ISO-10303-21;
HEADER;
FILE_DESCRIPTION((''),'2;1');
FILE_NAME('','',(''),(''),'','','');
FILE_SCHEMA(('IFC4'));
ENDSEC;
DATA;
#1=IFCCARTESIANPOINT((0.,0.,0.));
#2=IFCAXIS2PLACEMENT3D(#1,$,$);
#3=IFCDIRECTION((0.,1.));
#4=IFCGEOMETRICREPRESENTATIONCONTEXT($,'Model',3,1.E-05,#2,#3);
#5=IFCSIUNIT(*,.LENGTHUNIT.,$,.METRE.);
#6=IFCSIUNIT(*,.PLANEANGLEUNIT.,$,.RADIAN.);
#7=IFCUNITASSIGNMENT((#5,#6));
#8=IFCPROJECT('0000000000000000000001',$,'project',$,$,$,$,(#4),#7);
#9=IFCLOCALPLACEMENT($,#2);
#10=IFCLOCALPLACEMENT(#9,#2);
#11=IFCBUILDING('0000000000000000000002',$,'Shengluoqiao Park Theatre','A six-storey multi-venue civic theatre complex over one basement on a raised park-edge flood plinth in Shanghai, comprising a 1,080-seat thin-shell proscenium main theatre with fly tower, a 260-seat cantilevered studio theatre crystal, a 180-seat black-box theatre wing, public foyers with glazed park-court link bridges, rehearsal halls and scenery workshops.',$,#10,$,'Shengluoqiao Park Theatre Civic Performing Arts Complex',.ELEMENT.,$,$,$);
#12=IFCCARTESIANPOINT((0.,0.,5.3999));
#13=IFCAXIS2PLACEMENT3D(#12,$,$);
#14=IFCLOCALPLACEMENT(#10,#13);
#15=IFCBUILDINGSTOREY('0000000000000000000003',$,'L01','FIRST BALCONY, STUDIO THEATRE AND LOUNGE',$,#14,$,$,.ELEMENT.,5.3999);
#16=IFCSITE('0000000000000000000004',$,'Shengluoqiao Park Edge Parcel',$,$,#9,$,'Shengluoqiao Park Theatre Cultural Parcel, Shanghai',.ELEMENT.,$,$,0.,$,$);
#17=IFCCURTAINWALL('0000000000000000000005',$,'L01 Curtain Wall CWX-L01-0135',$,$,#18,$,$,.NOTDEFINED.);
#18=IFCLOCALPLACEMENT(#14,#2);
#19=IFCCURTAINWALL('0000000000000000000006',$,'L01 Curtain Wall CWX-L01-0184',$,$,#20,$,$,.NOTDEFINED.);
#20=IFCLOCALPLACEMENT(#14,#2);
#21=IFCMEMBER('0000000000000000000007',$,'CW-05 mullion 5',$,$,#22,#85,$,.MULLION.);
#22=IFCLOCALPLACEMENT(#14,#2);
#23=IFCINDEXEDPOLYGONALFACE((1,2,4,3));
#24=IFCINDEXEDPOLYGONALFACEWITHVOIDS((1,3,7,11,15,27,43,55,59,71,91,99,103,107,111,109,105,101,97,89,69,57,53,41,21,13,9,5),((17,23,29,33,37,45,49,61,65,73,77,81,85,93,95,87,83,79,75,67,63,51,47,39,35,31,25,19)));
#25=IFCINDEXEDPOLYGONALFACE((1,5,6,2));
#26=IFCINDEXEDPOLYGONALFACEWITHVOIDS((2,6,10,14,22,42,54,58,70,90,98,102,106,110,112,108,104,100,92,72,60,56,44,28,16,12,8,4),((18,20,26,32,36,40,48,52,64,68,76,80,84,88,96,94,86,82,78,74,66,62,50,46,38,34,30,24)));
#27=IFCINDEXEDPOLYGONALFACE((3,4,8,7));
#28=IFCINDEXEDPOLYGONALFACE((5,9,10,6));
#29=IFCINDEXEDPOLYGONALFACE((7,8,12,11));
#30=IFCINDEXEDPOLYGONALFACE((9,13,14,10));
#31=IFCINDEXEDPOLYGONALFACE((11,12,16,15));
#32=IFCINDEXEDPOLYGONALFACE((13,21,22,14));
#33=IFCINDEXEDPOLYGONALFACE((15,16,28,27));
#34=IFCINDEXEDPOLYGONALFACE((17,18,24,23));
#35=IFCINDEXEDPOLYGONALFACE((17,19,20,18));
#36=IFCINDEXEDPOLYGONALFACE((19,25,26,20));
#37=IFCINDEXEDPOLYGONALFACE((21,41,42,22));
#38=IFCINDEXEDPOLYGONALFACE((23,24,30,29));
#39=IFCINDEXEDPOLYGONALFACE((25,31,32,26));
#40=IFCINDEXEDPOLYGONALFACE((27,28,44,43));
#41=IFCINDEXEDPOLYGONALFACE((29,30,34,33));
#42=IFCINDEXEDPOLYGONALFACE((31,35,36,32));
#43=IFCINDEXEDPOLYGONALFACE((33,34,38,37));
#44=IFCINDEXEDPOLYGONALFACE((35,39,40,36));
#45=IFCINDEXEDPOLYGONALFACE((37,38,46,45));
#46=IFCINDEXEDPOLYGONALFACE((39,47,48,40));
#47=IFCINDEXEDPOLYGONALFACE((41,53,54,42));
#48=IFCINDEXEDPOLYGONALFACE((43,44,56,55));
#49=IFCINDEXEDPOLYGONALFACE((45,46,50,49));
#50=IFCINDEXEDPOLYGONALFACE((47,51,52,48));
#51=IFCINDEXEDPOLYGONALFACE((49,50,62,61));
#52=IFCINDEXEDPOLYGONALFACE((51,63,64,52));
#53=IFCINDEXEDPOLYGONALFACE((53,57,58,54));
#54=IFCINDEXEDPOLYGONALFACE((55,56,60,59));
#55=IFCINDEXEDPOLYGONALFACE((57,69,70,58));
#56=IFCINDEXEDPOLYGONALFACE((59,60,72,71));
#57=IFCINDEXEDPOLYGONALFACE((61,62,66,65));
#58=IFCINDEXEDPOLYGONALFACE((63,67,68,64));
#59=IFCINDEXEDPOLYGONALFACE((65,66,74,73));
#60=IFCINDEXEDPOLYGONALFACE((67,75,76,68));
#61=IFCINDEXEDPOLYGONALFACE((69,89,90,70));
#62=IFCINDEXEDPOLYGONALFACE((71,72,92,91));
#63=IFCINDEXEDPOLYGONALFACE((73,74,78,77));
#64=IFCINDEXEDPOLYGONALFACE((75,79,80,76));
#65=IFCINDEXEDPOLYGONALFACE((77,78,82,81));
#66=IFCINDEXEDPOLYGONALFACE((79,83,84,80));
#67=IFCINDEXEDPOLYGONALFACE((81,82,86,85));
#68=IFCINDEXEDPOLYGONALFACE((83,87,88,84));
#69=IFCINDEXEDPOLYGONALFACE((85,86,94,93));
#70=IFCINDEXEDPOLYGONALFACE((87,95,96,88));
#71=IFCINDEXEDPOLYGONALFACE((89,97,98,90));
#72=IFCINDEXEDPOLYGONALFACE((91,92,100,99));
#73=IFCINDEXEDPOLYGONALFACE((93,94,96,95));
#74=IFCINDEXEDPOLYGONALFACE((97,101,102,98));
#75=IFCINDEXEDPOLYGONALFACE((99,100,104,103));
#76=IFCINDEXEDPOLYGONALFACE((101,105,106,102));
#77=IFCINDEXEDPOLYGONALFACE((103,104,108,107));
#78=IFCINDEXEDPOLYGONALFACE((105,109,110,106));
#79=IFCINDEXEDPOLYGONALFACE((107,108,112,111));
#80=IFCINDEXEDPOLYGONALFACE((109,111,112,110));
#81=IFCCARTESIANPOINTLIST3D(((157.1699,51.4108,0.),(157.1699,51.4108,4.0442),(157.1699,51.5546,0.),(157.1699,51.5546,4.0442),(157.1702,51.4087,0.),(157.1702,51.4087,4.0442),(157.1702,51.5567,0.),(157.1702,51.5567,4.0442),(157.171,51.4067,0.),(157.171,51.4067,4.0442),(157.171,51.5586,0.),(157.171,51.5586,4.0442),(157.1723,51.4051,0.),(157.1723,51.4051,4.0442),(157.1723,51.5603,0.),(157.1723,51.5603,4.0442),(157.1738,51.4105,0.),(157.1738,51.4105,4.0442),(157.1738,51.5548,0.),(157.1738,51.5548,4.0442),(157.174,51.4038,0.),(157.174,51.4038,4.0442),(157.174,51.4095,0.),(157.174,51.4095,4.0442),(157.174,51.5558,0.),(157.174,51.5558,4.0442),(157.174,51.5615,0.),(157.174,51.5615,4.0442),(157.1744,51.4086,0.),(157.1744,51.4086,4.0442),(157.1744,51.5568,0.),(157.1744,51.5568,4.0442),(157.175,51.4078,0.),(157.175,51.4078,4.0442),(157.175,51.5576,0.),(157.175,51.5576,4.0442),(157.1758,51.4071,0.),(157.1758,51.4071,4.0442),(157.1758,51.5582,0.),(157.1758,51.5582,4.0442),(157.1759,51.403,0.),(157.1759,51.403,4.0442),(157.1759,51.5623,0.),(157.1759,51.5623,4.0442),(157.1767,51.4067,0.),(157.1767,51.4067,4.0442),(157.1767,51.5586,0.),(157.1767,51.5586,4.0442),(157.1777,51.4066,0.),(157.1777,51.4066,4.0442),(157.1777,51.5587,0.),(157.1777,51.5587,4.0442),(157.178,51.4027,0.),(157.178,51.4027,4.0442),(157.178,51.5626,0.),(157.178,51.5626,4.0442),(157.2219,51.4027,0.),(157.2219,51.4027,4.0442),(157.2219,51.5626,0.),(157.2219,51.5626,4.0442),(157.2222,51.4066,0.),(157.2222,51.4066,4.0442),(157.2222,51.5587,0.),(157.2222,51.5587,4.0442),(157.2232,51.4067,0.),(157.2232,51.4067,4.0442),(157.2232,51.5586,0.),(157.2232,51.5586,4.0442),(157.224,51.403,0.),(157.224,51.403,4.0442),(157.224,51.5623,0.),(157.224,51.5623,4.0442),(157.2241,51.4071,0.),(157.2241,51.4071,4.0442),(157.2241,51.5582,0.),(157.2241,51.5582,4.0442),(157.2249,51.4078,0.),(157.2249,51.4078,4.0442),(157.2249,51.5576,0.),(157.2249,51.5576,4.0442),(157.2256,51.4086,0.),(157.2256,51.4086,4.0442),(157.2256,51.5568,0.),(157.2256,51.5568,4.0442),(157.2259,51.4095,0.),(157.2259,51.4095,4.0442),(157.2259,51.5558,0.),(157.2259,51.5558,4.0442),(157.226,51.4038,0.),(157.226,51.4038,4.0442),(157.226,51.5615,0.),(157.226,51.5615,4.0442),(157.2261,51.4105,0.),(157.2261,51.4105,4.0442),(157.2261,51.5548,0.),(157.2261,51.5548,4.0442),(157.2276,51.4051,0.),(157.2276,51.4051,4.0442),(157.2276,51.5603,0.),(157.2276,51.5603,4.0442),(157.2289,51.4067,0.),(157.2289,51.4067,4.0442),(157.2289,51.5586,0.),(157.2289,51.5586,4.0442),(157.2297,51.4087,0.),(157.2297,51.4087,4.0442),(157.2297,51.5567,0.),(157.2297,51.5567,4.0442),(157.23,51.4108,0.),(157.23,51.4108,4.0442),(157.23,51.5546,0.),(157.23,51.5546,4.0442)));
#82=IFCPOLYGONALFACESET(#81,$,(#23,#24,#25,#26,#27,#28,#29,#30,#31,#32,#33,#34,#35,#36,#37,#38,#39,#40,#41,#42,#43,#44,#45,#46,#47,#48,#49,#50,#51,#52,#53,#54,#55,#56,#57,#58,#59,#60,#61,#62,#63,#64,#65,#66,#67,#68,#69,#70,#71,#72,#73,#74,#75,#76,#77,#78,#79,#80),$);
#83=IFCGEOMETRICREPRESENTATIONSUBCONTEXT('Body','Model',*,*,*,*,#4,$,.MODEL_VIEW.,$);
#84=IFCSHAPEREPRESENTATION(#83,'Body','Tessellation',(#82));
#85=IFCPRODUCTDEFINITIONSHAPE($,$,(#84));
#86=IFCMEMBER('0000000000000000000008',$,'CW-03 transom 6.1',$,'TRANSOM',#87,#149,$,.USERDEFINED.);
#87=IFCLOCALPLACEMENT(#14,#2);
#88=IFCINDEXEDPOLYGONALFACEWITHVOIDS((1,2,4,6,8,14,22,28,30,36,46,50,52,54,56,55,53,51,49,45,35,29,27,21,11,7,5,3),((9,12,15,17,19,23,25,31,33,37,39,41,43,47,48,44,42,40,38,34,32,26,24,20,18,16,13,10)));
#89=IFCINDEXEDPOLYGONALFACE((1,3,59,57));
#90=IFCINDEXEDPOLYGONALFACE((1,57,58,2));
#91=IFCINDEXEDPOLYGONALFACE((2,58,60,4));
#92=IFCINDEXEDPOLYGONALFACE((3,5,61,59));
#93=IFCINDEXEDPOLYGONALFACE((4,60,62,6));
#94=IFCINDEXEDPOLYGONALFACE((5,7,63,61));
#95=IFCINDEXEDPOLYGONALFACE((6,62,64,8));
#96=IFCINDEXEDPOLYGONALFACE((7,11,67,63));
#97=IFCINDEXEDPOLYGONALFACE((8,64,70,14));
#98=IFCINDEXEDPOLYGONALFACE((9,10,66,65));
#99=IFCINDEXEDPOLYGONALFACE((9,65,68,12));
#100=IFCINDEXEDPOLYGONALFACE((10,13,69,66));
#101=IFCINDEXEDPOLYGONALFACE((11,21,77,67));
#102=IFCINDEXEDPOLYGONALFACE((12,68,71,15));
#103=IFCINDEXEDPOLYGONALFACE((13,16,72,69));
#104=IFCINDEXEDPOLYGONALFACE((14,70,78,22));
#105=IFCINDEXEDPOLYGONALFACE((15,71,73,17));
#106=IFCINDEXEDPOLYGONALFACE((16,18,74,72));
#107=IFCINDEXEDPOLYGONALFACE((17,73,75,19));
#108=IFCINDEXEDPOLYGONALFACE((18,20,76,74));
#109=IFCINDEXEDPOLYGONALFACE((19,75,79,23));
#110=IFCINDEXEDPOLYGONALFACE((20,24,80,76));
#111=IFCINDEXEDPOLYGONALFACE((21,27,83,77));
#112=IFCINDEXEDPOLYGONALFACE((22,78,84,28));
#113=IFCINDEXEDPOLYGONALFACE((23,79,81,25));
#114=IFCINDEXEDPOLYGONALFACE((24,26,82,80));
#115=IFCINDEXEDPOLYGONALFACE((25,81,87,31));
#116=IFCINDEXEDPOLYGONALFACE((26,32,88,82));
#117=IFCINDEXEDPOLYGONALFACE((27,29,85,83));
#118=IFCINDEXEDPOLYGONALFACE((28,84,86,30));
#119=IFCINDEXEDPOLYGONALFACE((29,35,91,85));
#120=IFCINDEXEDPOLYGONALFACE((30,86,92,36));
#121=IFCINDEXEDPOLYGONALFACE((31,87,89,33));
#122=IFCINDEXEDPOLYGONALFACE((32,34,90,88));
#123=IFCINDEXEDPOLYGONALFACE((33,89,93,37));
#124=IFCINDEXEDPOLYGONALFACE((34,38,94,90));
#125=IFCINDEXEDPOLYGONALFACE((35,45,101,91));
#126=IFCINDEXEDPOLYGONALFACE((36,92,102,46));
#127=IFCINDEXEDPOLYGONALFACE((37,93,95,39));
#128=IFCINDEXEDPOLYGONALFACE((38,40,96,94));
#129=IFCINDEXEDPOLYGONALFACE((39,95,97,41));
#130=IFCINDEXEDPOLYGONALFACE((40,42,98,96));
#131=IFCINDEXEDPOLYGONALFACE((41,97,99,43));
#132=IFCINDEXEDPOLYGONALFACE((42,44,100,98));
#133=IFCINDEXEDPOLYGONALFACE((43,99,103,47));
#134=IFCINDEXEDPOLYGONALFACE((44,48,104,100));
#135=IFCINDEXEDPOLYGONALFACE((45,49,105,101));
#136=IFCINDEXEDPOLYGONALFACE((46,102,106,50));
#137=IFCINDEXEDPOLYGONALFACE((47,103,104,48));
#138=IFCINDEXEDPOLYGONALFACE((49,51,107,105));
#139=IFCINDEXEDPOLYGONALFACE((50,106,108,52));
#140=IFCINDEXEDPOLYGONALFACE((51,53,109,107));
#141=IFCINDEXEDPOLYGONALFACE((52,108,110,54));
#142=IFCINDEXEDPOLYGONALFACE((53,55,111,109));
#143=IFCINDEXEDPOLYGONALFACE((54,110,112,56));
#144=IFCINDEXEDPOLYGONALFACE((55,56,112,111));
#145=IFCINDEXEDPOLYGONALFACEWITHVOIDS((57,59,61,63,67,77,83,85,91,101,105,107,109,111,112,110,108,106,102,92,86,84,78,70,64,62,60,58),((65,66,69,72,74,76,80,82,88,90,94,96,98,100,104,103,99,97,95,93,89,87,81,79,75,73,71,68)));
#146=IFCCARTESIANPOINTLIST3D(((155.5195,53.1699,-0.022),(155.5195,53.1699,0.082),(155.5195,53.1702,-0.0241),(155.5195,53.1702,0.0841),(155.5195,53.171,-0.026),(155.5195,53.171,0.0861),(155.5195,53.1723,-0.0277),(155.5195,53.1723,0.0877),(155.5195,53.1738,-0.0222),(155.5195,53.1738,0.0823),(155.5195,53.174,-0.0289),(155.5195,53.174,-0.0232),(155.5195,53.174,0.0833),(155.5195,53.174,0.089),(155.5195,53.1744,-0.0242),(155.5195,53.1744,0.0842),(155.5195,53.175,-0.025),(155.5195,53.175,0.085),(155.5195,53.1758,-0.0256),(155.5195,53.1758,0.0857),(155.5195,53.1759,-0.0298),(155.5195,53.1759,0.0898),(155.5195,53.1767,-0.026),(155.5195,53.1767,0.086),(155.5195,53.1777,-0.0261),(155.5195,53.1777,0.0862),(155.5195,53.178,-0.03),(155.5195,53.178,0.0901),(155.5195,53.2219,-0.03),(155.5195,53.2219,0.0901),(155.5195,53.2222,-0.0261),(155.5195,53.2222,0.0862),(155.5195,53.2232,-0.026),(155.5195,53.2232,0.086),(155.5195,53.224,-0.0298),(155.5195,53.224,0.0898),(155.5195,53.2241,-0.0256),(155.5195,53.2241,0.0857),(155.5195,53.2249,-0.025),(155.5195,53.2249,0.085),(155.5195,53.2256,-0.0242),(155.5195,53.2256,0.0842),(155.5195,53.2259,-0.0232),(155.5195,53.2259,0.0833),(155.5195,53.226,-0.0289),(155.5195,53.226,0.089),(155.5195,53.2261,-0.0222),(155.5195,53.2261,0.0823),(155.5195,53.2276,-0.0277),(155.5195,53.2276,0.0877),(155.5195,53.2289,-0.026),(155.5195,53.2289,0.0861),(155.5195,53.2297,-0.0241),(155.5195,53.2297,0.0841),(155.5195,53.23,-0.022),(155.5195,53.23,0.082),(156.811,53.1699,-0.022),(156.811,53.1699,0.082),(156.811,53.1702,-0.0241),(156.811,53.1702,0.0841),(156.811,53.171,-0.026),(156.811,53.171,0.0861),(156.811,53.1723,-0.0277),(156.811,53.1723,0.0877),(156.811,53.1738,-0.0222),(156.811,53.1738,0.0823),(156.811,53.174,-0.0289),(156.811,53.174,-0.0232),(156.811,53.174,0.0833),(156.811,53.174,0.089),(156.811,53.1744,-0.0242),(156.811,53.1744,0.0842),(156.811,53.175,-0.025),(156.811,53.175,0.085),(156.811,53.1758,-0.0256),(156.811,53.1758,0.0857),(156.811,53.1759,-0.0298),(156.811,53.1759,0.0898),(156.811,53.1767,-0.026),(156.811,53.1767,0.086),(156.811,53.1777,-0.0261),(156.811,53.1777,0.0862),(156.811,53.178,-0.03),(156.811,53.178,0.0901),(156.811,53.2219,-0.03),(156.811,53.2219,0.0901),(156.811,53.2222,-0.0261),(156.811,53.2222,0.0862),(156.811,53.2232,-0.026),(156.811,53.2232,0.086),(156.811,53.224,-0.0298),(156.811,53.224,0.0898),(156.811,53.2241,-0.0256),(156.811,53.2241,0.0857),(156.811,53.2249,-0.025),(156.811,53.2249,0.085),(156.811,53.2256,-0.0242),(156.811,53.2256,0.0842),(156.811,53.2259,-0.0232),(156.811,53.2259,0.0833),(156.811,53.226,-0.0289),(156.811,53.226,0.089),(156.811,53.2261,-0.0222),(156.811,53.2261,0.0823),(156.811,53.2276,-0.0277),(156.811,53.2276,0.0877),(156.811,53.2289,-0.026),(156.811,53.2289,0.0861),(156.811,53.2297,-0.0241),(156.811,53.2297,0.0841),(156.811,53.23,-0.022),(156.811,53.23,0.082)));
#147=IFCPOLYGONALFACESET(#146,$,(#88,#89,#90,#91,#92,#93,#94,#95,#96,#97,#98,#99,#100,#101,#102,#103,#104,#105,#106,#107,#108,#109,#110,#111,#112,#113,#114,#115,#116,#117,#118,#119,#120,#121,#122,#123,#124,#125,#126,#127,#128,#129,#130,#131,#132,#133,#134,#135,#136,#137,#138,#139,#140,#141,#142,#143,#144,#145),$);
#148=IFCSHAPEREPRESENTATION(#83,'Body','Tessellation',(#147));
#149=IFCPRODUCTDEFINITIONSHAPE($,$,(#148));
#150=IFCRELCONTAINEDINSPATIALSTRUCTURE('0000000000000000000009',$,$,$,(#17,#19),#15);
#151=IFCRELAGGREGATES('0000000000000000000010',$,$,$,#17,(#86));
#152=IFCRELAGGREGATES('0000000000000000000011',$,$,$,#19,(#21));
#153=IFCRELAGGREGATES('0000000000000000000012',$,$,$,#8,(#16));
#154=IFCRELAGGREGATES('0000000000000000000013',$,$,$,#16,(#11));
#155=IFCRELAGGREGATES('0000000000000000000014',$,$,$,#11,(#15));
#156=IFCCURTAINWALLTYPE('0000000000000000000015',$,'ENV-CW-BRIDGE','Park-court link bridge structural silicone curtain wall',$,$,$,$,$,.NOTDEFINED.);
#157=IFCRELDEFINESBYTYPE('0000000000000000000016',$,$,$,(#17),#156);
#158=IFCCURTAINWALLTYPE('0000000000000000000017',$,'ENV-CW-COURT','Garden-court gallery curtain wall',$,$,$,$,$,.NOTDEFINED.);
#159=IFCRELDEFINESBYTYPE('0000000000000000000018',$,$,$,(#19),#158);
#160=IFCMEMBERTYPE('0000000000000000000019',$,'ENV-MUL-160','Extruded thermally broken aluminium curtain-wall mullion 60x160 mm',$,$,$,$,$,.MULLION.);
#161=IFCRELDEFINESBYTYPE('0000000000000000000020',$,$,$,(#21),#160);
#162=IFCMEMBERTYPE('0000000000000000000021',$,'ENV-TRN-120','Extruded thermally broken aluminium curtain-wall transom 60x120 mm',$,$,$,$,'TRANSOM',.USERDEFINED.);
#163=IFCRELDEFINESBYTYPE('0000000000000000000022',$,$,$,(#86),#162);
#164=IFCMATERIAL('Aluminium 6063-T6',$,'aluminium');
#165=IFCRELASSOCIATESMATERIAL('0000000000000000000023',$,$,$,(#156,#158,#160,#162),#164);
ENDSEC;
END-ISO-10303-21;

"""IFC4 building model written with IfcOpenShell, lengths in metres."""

from ifc_helpers import new_model, si_unit, direction, frame, origin, origin_2d, place, context, subcontext, project, spatial, hollow_rectangle, extrude, material, material_profile, profile_set, type_object, element, aggregate, save


model = new_model("IFC4")

# Units and contexts
model_context = context("Model", 3, precision=1e-05, world=origin(), true_north=direction((0.0, 1.0)))
body_context = subcontext(model_context, "Body", "Model", "MODEL_VIEW")
ifc_project = project(units=[si_unit("LENGTHUNIT", "METRE"), si_unit("PLANEANGLEUNIT", "RADIAN")], contexts=[model_context])

# Site, building, storey
site_placement = place(None, origin())
site = spatial("IfcSite", under=ifc_project, at=site_placement, Name="Shengluoqiao Park Edge Parcel", LongName="Shengluoqiao Park Theatre Cultural Parcel, Shanghai", CompositionType="ELEMENT", RefElevation=0.0)
building_placement = place(site_placement, origin())
building = spatial("IfcBuilding", under=site, at=building_placement, Name="Shengluoqiao Park Theatre", Description="A six-storey multi-venue civic theatre complex over one basement on a raised park-edge flood plinth in Shanghai, comprising a 1,080-seat thin-shell proscenium main theatre with fly tower, a 260-seat cantilevered studio theatre crystal, a 180-seat black-box theatre wing, public foyers with glazed park-court link bridges, rehearsal halls and scenery workshops.", LongName="Shengluoqiao Park Theatre Civic Performing Arts Complex", CompositionType="ELEMENT")
storey_placement = place(building_placement, frame((0.0, 0.0, 5.3999)))
storey = spatial("IfcBuildingStorey", under=building, at=storey_placement, Name="L01", Description="FIRST BALCONY, STUDIO THEATRE AND LOUNGE", CompositionType="ELEMENT", Elevation=5.3999)

# Curtain wall
ifc_material_1 = material(Name="Aluminium 6063-T6", Category="aluminium")
curtain_wall_type_1 = type_object("IfcCurtainWallType", Name="ENV-CW-BRIDGE", Description="Park-court link bridge structural silicone curtain wall", PredefinedType="NOTDEFINED", material=ifc_material_1)
curtain_wall_1_placement = place(storey_placement, origin())
curtain_wall_1 = element("IfcCurtainWall", 1, at=curtain_wall_1_placement, inside=storey, type_object=curtain_wall_type_1, Name="L01 Curtain Wall CWX-L01-0135", PredefinedType="NOTDEFINED")
ifc_material_profile_1 = material_profile(ifc_material_1, hollow_rectangle(XDim=0.0601, YDim=0.1599, WallThickness=0.0039, InnerFilletRadius=0.0039, OuterFilletRadius=0.0081, at=origin_2d()), Name="ALU MULLION 160x60x4")
ifc_profile_set_1 = profile_set([ifc_material_profile_1], Name="Aluminium 6063-T6")
member_type_1 = type_object("IfcMemberType", Name="ENV-MUL-160", Description="Extruded thermally broken aluminium curtain-wall mullion 60x160 mm", PredefinedType="MULLION", material=ifc_profile_set_1)

# Curtain wall, member
curtain_wall_type_2 = type_object("IfcCurtainWallType", Name="ENV-CW-COURT", Description="Garden-court gallery curtain wall", PredefinedType="NOTDEFINED", material=ifc_material_1)
curtain_wall_2_placement = place(storey_placement, origin())
curtain_wall_2 = element("IfcCurtainWall", 2, at=curtain_wall_2_placement, inside=storey, type_object=curtain_wall_type_2, Name="L01 Curtain Wall CWX-L01-0184", PredefinedType="NOTDEFINED")
member_1_placement = place(storey_placement, frame((157.2, 51.4827, 0.0), z_axis=(0.0, 0.0, 1.0), x_axis=(-1.0, 0.0, 0.0)))
member_1 = element("IfcMember", 3, at=member_1_placement, type_object=member_type_1, Name="CW-05 mullion 5", PredefinedType="MULLION", context=body_context, shape_type="SweptSolid", body=[
    extrude(hollow_rectangle(XDim=0.0601, YDim=0.1599, WallThickness=0.0039, InnerFilletRadius=0.0039, OuterFilletRadius=0.0081, at=origin_2d()), origin(), (0.0, 0.0, 1.0), 4.0442),
])

# Member
ifc_material_profile_2 = material_profile(ifc_material_1, hollow_rectangle(XDim=0.0601, YDim=0.1201, WallThickness=0.0039, InnerFilletRadius=0.0039, OuterFilletRadius=0.0081, at=origin_2d()), Name="ALU TRANSOM 120x60x4")
ifc_profile_set_2 = profile_set([ifc_material_profile_2], Name="Aluminium 6063-T6")
member_type_2 = type_object("IfcMemberType", Name="ENV-TRN-120", Description="Extruded thermally broken aluminium curtain-wall transom 60x120 mm", ElementType="TRANSOM", PredefinedType="USERDEFINED", material=ifc_profile_set_2)
member_2_placement = place(storey_placement, frame((155.5195, 53.2, 0.03), z_axis=(1.0, 0.0, 0.0), x_axis=(0.0, 1.0, 0.0)))
member_2 = element("IfcMember", 4, at=member_2_placement, type_object=member_type_2, Name="CW-03 transom 6.1", ObjectType="TRANSOM", PredefinedType="USERDEFINED", context=body_context, shape_type="SweptSolid", body=[
    extrude(hollow_rectangle(XDim=0.0601, YDim=0.1201, WallThickness=0.0039, InnerFilletRadius=0.0039, OuterFilletRadius=0.0081, at=origin_2d()), origin(), (0.0, 0.0, 1.0), 1.2915),
])

aggregate(curtain_wall_1, [member_2])
aggregate(curtain_wall_2, [member_1])

save(model, "model.ifc")
